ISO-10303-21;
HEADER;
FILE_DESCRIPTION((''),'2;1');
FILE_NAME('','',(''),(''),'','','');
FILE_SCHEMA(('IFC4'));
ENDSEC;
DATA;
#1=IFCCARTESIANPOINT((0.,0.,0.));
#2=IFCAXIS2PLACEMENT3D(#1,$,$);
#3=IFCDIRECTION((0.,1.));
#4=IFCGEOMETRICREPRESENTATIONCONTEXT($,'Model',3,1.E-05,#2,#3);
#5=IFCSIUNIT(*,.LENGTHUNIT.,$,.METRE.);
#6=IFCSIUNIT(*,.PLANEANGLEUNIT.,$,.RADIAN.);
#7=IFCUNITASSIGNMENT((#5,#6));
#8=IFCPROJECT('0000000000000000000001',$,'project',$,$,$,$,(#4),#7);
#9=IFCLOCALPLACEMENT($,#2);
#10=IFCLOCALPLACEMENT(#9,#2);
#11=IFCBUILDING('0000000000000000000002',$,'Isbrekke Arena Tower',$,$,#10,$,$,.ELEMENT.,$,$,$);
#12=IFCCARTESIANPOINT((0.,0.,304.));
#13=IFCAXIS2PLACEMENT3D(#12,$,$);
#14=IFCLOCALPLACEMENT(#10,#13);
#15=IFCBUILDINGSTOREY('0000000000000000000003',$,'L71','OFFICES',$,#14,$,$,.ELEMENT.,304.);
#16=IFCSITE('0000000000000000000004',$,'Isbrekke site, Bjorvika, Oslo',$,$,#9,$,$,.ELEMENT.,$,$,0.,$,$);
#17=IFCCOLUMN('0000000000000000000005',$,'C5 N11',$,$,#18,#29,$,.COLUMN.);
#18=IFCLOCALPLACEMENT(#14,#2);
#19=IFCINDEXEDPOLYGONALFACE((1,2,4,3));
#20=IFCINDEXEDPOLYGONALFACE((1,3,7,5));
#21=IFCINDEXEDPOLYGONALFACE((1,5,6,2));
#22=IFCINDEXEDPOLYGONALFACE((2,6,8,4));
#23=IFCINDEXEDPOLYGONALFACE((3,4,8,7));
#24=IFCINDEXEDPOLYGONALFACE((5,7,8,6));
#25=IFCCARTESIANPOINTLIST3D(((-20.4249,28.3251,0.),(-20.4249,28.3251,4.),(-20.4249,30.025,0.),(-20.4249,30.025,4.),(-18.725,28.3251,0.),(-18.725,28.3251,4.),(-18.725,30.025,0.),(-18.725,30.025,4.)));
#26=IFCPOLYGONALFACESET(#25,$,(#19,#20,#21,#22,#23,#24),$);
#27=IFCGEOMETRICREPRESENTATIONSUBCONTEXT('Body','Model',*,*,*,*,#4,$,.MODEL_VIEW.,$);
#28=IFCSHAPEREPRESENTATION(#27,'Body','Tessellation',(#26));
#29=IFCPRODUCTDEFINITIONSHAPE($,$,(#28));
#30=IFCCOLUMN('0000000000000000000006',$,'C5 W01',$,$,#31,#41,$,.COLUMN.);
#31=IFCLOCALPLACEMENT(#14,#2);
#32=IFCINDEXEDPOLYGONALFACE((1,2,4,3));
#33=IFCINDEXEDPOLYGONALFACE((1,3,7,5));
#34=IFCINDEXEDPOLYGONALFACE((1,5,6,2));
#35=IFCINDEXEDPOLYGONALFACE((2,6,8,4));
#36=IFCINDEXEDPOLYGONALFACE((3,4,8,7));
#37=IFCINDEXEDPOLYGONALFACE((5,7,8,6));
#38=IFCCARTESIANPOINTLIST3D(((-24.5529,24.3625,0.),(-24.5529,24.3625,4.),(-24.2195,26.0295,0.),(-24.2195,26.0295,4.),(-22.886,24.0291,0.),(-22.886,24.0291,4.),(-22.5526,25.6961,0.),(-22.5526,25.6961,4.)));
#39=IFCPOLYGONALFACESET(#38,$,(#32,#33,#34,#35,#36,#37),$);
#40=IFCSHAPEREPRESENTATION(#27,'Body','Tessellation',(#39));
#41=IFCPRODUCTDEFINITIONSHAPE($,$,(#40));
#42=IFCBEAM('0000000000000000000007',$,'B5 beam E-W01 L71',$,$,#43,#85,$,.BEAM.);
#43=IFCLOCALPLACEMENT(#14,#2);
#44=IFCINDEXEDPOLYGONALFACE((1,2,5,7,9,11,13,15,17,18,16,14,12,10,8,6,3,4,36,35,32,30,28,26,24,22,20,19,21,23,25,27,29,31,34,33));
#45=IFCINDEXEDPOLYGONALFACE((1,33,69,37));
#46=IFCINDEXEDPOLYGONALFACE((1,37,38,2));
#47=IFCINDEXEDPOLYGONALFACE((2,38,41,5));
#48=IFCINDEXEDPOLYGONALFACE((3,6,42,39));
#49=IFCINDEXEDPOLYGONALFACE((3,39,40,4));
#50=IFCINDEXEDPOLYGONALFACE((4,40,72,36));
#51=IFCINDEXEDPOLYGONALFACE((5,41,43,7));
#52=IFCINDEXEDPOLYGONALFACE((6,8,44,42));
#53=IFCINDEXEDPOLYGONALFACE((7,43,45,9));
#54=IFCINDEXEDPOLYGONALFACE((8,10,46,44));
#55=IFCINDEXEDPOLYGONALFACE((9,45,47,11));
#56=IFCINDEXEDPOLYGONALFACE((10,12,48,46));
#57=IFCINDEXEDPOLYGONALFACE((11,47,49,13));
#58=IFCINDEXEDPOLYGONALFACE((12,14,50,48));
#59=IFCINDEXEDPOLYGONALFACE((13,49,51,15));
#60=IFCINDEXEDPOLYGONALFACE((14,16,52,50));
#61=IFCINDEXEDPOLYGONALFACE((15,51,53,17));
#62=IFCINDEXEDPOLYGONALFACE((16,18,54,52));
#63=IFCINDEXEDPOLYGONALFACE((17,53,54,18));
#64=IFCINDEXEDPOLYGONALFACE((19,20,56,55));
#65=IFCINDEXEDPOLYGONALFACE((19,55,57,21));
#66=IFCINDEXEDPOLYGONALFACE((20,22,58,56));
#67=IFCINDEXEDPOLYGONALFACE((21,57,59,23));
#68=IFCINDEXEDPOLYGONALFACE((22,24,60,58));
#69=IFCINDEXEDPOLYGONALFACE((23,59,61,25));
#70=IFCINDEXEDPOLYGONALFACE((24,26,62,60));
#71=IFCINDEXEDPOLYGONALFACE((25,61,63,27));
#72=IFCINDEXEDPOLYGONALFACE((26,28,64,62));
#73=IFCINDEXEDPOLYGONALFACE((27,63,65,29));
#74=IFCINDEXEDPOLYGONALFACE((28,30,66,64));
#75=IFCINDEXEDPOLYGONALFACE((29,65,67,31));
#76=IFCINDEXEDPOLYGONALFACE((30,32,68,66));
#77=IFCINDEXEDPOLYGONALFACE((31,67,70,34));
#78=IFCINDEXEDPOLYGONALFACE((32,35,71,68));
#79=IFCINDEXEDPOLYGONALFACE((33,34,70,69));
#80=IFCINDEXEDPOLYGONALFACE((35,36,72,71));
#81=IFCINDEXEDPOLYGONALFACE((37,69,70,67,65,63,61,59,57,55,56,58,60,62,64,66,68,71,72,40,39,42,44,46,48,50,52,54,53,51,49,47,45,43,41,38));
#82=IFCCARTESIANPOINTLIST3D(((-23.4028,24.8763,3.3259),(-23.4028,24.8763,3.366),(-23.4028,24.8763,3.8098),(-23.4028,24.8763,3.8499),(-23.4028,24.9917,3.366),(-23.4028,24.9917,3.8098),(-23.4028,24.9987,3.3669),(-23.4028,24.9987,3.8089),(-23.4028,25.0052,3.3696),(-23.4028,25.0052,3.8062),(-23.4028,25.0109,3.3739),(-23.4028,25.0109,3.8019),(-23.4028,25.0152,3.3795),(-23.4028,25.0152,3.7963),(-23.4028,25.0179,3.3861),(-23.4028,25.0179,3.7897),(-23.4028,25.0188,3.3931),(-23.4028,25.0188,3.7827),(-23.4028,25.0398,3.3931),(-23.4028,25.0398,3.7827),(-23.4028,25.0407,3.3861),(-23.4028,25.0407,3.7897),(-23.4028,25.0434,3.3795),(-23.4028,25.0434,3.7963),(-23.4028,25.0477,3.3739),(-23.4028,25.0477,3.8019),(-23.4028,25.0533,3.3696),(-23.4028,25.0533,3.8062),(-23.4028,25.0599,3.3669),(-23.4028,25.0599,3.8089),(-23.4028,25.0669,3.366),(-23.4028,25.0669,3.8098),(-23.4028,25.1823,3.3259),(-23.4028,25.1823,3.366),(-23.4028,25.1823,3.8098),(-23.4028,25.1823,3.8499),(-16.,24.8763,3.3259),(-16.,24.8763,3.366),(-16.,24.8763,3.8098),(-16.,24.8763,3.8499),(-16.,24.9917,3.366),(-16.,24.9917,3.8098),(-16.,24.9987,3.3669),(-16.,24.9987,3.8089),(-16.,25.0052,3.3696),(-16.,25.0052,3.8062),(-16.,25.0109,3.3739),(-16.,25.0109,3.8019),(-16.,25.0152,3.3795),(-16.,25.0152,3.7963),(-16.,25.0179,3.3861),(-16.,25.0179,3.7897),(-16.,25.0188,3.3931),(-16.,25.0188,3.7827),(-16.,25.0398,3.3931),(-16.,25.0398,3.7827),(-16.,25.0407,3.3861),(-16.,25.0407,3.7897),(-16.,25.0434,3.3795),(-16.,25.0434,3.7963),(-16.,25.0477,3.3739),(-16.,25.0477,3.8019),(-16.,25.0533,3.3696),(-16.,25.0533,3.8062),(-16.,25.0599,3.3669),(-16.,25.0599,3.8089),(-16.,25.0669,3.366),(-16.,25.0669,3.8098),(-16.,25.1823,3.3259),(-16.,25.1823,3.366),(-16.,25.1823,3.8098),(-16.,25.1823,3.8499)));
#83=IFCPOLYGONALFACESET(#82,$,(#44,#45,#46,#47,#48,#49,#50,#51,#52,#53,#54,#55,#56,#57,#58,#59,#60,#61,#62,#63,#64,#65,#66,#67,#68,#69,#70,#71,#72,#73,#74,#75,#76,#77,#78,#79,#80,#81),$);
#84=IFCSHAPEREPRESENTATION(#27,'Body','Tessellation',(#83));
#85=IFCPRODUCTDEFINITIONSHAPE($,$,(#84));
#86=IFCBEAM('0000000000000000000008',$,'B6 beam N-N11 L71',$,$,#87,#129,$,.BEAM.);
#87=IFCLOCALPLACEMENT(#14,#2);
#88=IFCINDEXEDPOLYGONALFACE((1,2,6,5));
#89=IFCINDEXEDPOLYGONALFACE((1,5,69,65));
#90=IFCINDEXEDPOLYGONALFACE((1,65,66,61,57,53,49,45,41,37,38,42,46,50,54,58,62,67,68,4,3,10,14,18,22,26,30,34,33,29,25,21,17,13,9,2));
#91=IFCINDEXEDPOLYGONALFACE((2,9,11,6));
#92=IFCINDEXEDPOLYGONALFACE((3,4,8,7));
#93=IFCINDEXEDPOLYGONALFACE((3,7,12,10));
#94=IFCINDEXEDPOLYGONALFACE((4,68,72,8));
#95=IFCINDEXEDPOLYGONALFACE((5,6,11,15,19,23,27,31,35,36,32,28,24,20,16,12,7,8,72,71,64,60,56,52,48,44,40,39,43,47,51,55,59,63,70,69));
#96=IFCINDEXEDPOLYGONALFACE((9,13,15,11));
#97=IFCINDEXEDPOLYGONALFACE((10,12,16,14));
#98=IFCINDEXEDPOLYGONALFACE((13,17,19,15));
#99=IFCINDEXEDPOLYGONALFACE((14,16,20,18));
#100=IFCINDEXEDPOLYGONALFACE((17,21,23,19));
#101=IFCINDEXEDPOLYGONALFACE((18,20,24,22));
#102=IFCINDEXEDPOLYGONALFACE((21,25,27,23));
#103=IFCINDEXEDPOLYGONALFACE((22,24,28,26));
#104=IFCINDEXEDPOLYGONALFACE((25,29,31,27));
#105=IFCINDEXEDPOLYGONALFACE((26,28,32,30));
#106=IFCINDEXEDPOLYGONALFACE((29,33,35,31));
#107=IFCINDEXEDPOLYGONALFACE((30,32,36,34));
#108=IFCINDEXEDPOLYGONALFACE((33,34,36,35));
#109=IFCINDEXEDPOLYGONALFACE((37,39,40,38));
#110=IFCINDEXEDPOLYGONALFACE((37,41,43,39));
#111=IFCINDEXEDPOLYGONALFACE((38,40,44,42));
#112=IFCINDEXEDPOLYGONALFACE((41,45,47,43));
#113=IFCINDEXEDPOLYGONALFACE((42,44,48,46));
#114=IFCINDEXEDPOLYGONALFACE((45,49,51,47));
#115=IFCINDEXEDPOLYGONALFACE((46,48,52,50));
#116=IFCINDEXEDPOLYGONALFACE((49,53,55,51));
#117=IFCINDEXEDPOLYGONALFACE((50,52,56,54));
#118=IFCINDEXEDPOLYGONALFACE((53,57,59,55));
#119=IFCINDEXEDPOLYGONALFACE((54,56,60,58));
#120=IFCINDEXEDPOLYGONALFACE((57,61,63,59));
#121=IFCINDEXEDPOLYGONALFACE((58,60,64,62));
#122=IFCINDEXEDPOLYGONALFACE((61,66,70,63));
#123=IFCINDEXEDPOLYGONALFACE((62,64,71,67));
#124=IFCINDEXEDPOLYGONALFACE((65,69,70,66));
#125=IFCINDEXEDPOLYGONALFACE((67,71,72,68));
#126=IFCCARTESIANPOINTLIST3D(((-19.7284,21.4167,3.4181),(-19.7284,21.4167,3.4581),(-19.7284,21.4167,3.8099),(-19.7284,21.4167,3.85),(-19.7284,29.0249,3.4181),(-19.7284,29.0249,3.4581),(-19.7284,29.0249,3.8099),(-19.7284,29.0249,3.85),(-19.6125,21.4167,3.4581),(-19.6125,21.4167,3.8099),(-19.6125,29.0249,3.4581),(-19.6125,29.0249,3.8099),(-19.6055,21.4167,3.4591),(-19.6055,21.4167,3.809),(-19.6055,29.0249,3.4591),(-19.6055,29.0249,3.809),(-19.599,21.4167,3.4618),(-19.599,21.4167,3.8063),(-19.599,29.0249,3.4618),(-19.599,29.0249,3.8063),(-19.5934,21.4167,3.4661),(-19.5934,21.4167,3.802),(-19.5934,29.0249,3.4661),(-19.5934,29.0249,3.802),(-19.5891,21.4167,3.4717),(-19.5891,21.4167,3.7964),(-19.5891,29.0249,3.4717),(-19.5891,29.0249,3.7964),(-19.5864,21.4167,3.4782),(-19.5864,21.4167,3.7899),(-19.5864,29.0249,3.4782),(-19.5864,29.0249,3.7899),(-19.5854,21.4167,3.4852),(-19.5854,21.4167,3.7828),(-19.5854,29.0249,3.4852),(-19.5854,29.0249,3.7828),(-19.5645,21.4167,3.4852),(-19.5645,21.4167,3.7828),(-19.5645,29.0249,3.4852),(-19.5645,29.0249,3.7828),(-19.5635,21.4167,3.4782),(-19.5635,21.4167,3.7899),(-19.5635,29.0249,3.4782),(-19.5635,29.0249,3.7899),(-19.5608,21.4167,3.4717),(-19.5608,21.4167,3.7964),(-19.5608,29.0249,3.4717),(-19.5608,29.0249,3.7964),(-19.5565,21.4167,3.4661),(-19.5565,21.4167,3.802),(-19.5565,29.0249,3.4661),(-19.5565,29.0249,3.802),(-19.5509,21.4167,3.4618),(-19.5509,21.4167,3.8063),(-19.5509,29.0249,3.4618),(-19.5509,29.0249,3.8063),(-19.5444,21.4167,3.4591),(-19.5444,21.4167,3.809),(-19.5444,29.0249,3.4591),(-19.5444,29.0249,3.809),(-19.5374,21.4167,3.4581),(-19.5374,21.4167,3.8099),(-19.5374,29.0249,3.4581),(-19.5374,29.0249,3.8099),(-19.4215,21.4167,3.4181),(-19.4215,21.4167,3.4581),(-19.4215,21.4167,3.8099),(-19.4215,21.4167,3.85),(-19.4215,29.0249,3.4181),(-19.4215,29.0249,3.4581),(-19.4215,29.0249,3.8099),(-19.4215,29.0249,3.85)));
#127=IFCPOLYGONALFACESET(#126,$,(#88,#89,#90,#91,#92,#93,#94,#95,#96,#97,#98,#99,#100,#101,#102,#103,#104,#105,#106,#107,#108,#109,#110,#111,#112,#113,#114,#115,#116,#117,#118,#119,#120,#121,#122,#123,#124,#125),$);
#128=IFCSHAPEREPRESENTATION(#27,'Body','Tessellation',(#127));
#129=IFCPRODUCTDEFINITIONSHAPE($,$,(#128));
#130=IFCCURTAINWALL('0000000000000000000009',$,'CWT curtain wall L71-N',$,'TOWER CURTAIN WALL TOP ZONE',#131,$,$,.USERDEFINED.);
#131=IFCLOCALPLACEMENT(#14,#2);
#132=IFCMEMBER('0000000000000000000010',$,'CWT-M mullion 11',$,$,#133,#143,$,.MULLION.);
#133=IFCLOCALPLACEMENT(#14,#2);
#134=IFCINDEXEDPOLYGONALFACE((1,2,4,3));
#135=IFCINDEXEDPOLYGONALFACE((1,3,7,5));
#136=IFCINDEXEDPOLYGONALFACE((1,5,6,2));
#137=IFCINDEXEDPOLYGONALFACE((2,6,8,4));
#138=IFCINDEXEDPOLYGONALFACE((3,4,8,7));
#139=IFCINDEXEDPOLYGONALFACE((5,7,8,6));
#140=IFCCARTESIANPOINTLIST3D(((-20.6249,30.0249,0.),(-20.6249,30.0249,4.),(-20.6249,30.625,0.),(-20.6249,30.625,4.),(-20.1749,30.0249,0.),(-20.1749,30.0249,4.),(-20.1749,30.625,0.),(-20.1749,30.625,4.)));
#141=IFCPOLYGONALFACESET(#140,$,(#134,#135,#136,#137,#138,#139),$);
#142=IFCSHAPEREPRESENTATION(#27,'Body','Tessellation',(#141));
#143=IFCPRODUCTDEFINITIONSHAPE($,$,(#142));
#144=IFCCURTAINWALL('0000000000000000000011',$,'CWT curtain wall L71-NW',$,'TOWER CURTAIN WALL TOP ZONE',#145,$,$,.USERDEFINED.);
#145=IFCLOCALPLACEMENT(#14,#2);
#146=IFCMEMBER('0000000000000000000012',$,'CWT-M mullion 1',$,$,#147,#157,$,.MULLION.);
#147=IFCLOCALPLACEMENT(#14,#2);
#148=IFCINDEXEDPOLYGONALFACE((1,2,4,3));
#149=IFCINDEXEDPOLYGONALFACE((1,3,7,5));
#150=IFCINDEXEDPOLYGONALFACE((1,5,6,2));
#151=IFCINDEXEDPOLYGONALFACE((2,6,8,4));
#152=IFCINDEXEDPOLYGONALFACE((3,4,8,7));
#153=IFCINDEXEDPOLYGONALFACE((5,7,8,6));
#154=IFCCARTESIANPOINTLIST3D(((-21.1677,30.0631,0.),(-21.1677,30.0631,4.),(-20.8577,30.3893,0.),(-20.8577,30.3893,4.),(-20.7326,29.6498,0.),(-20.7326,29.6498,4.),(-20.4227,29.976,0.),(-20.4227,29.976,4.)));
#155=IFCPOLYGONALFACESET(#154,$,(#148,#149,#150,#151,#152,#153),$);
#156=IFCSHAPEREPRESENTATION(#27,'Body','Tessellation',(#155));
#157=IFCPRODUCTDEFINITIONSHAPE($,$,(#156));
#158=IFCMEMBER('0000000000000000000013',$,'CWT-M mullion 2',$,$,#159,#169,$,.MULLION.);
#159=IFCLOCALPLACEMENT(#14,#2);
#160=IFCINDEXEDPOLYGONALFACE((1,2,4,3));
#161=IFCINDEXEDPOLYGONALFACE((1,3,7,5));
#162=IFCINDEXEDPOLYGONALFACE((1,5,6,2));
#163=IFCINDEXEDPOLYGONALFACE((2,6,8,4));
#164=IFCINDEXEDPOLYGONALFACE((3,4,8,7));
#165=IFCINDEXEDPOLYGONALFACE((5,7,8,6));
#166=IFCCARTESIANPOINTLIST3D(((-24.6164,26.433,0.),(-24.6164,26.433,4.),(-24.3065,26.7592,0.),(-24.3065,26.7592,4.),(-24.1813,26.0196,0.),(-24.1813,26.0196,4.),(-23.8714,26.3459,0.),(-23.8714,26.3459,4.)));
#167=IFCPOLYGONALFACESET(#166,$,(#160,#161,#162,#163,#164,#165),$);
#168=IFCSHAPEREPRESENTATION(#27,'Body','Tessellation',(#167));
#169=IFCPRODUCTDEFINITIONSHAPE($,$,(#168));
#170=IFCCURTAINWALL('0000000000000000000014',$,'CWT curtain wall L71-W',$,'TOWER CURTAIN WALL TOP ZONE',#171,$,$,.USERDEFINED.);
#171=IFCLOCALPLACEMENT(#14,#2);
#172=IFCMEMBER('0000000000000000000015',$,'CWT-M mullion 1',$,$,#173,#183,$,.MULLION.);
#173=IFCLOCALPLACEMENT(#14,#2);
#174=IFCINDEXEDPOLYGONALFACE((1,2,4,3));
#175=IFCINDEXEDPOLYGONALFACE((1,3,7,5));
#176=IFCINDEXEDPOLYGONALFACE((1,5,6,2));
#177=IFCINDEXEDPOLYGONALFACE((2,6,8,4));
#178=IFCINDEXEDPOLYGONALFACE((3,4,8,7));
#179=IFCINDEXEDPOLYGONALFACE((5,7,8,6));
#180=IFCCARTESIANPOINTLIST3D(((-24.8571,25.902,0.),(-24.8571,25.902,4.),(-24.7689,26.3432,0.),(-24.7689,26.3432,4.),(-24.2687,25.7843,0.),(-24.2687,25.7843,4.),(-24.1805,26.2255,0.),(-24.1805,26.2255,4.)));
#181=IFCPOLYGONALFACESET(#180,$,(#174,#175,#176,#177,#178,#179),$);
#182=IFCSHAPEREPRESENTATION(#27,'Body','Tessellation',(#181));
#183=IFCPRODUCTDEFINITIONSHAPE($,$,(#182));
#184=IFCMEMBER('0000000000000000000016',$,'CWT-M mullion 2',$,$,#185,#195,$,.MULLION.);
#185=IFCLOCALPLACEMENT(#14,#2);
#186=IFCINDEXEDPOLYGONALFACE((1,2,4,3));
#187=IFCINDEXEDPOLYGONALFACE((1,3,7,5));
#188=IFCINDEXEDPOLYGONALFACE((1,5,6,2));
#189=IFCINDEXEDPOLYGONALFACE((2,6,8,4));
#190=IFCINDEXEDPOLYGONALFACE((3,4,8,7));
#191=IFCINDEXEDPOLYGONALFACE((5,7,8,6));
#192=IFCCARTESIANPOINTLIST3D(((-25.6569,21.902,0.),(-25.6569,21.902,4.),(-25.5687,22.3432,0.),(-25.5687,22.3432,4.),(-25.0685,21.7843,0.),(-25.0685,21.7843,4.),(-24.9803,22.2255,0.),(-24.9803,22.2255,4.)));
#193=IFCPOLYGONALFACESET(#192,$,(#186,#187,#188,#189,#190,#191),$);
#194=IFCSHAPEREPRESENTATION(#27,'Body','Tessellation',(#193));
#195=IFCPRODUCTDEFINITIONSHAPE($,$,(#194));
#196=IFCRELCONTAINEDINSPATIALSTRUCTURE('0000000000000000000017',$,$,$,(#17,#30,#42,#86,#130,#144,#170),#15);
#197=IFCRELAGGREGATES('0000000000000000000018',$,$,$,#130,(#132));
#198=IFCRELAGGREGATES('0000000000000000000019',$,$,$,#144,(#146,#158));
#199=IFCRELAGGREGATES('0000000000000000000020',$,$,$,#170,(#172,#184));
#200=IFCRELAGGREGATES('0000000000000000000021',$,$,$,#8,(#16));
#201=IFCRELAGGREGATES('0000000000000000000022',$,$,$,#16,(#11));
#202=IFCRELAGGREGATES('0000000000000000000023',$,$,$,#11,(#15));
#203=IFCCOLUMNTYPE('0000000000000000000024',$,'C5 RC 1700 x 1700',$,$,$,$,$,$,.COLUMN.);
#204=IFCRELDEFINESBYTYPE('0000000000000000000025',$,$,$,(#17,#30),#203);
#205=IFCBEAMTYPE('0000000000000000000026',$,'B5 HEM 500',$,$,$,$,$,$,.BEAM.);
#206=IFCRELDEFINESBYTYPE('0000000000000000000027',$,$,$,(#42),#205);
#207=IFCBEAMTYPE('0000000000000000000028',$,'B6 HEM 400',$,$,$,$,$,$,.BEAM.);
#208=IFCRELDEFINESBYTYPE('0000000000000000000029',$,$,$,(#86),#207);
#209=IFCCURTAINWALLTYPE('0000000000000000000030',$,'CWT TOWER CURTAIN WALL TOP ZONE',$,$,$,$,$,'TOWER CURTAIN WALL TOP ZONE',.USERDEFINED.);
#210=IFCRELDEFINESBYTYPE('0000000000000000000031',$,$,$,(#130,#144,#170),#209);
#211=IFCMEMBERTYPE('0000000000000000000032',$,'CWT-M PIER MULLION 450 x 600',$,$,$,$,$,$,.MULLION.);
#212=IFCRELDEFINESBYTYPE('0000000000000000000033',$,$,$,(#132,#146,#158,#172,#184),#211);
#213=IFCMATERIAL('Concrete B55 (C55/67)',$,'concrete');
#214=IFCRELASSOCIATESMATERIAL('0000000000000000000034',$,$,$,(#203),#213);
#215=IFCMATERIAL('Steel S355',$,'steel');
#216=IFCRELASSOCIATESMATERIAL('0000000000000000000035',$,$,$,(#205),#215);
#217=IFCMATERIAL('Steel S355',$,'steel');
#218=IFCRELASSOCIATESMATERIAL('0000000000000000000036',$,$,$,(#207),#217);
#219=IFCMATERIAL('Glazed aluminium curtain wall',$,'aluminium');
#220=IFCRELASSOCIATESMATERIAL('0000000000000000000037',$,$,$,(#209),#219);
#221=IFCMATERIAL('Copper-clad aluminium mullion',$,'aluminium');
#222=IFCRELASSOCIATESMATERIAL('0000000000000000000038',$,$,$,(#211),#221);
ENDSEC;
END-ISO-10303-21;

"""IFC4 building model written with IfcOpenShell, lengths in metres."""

from ifc_helpers import new_model, si_unit, direction, frame, origin, origin_2d, place, context, subcontext, project, spatial, rectangle, i_section, extrude, material, material_profile, profile_set, type_object, element, aggregate, save


model = new_model("IFC4")

# Units and contexts
model_context = context("Model", 3, precision=1e-05, world=origin(), true_north=direction((0.0, 1.0)))
body_context = subcontext(model_context, "Body", "Model", "MODEL_VIEW")
ifc_project = project(units=[si_unit("LENGTHUNIT", "METRE"), si_unit("PLANEANGLEUNIT", "RADIAN")], contexts=[model_context])

# Site, building, storey
site_placement = place(None, origin())
site = spatial("IfcSite", under=ifc_project, at=site_placement, Name="Isbrekke site, Bjorvika, Oslo", CompositionType="ELEMENT", RefElevation=0.0)
building_placement = place(site_placement, origin())
building = spatial("IfcBuilding", under=site, at=building_placement, Name="Isbrekke Arena Tower", CompositionType="ELEMENT")
storey_placement = place(building_placement, frame((0.0, 0.0, 304.0)))
storey = spatial("IfcBuildingStorey", under=building, at=storey_placement, Name="L71", Description="OFFICES", CompositionType="ELEMENT", Elevation=304.0)

# Columns
ifc_material_1 = material(Name="Concrete B55 (C55/67)", Category="concrete")
ifc_material_profile_1 = material_profile(ifc_material_1, rectangle(XDim=1.7, YDim=1.7, at=origin_2d()), Name="RC 1700x1700")
ifc_profile_set_1 = profile_set([ifc_material_profile_1], Name="Concrete B55 (C55/67)")
column_type = type_object("IfcColumnType", Name="C5 RC 1700 x 1700", PredefinedType="COLUMN", material=ifc_profile_set_1)
for number, where, z_axis, x_axis, name in (
    (1, (-19.575, 29.175, 0.0), (0.0, 0.0, 1.0), (-1.0, 0.0, 0.0), "C5 N11"),
    (2, (-23.5527, 25.0293, 0.0), (0.0, 0.0, 1.0), (-0.196116, -0.980581, 0.0), "C5 W01"),
):
    element("IfcColumn", number, at=place(storey_placement, frame(where, z_axis=z_axis, x_axis=x_axis)), inside=storey, type_object=column_type, Name=name, PredefinedType="COLUMN", context=body_context, shape_type="SweptSolid", body=[
        extrude(rectangle(XDim=1.7, YDim=1.7, at=origin_2d()), origin(), (0.0, 0.0, 1.0), 4.0),
    ])

# Beams
ifc_material_2 = material(Name="Steel S355", Category="steel")
ifc_material_profile_2 = material_profile(ifc_material_2, i_section(OverallWidth=0.3059, OverallDepth=0.5239, WebThickness=0.021, FlangeThickness=0.04, FilletRadius=0.0271, at=origin_2d()), Name="HEM 500")
ifc_profile_set_2 = profile_set([ifc_material_profile_2], Name="Steel S355")
beam_type_1 = type_object("IfcBeamType", Name="B5 HEM 500", PredefinedType="BEAM", material=ifc_profile_set_2)
beam_1_placement = place(storey_placement, frame((-23.4028, 25.0293, 3.5879), z_axis=(1.0, 0.0, 0.0), x_axis=(0.0, 1.0, 0.0)))
element("IfcBeam", 3, at=beam_1_placement, inside=storey, type_object=beam_type_1, Name="B5 beam E-W01 L71", PredefinedType="BEAM", context=body_context, shape_type="SweptSolid", body=[
    extrude(i_section(OverallWidth=0.3059, OverallDepth=0.5239, WebThickness=0.021, FlangeThickness=0.04, FilletRadius=0.0271, at=origin_2d()), origin(), (0.0, 0.0, 1.0), 7.4028),
])
ifc_material_3 = material(Name="Steel S355", Category="steel")
ifc_material_profile_3 = material_profile(ifc_material_3, i_section(OverallWidth=0.3069, OverallDepth=0.4319, WebThickness=0.021, FlangeThickness=0.04, FilletRadius=0.0271, at=origin_2d()), Name="HEM 400")
ifc_profile_set_3 = profile_set([ifc_material_profile_3], Name="Steel S355")
beam_type_2 = type_object("IfcBeamType", Name="B6 HEM 400", PredefinedType="BEAM", material=ifc_profile_set_3)
beam_2_placement = place(storey_placement, frame((-19.575, 29.0249, 3.634), z_axis=(0.0, -1.0, 0.0), x_axis=(1.0, 0.0, 0.0)))
element("IfcBeam", 4, at=beam_2_placement, inside=storey, type_object=beam_type_2, Name="B6 beam N-N11 L71", PredefinedType="BEAM", context=body_context, shape_type="SweptSolid", body=[
    extrude(i_section(OverallWidth=0.3069, OverallDepth=0.4319, WebThickness=0.021, FlangeThickness=0.04, FilletRadius=0.0271, at=origin_2d()), origin(), (0.0, 0.0, 1.0), 7.6082),
])

# Curtain wall, member
ifc_material_4 = material(Name="Glazed aluminium curtain wall", Category="aluminium")
curtain_wall_type = type_object("IfcCurtainWallType", Name="CWT TOWER CURTAIN WALL TOP ZONE", ElementType="TOWER CURTAIN WALL TOP ZONE", PredefinedType="USERDEFINED", material=ifc_material_4)
curtain_wall_1_placement = place(storey_placement, origin())
curtain_wall_1 = element("IfcCurtainWall", 5, at=curtain_wall_1_placement, inside=storey, type_object=curtain_wall_type, Name="CWT curtain wall L71-N", ObjectType="TOWER CURTAIN WALL TOP ZONE", PredefinedType="USERDEFINED")
ifc_material_5 = material(Name="Copper-clad aluminium mullion", Category="aluminium")
ifc_material_profile_4 = material_profile(ifc_material_5, rectangle(XDim=0.45, YDim=0.6001, at=origin_2d()), Name="PIER 450X600")
ifc_profile_set_4 = profile_set([ifc_material_profile_4], Name="Copper-clad aluminium mullion")
member_type_1 = type_object("IfcMemberType", Name="CWT-M PIER MULLION 450 x 600", PredefinedType="MULLION", material=ifc_profile_set_4)
member_1_placement = place(storey_placement, frame((-20.3999, 30.325, 0.0), z_axis=(0.0, 0.0, 1.0), x_axis=(-1.0, 0.0, 0.0)))
member_1 = element("IfcMember", 6, at=member_1_placement, type_object=member_type_1, Name="CWT-M mullion 11", PredefinedType="MULLION", context=body_context, shape_type="SweptSolid", body=[
    extrude(rectangle(XDim=0.45, YDim=0.6001, at=origin_2d()), origin(), (0.0, 0.0, 1.0), 4.0),
])

# Curtain walls, members
curtain_wall_2_placement = place(storey_placement, origin())
curtain_wall_2 = element("IfcCurtainWall", 7, at=curtain_wall_2_placement, inside=storey, type_object=curtain_wall_type, Name="CWT curtain wall L71-NW", ObjectType="TOWER CURTAIN WALL TOP ZONE", PredefinedType="USERDEFINED")
member_2_placement = place(storey_placement, frame((-20.7952, 30.0195, 0.0), z_axis=(0.0, 0.0, 1.0), x_axis=(-0.688749, -0.724999, 0.0)))
member_2 = element("IfcMember", 8, at=member_2_placement, type_object=member_type_1, Name="CWT-M mullion 1", PredefinedType="MULLION", context=body_context, shape_type="SweptSolid", body=[
    extrude(rectangle(XDim=0.45, YDim=0.6001, at=origin_2d()), origin(), (0.0, 0.0, 1.0), 4.0),
])
member_3_placement = place(storey_placement, frame((-24.2439, 26.3894, 0.0), z_axis=(0.0, 0.0, 1.0), x_axis=(-0.688749, -0.724999, 0.0)))
member_3 = element("IfcMember", 9, at=member_3_placement, type_object=member_type_1, Name="CWT-M mullion 2", PredefinedType="MULLION", context=body_context, shape_type="SweptSolid", body=[
    extrude(rectangle(XDim=0.45, YDim=0.6001, at=origin_2d()), origin(), (0.0, 0.0, 1.0), 4.0),
])
curtain_wall_3_placement = place(storey_placement, origin())
curtain_wall_3 = element("IfcCurtainWall", 10, at=curtain_wall_3_placement, inside=storey, type_object=curtain_wall_type, Name="CWT curtain wall L71-W", ObjectType="TOWER CURTAIN WALL TOP ZONE", PredefinedType="USERDEFINED")
member_4_placement = place(storey_placement, frame((-24.5188, 26.0637, 0.0), z_axis=(0.0, 0.0, 1.0), x_axis=(-0.196116, -0.980581, 0.0)))
member_4 = element("IfcMember", 11, at=member_4_placement, type_object=member_type_1, Name="CWT-M mullion 1", PredefinedType="MULLION", context=body_context, shape_type="SweptSolid", body=[
    extrude(rectangle(XDim=0.45, YDim=0.6001, at=origin_2d()), origin(), (0.0, 0.0, 1.0), 4.0),
])
member_5_placement = place(storey_placement, frame((-25.3186, 22.0637, 0.0), z_axis=(0.0, 0.0, 1.0), x_axis=(-0.196116, -0.980581, 0.0)))
member_5 = element("IfcMember", 12, at=member_5_placement, type_object=member_type_1, Name="CWT-M mullion 2", PredefinedType="MULLION", context=body_context, shape_type="SweptSolid", body=[
    extrude(rectangle(XDim=0.45, YDim=0.6001, at=origin_2d()), origin(), (0.0, 0.0, 1.0), 4.0),
])

aggregate(curtain_wall_1, [member_1])
aggregate(curtain_wall_2, [member_2, member_3])
aggregate(curtain_wall_3, [member_4, member_5])

save(model, "model.ifc")
